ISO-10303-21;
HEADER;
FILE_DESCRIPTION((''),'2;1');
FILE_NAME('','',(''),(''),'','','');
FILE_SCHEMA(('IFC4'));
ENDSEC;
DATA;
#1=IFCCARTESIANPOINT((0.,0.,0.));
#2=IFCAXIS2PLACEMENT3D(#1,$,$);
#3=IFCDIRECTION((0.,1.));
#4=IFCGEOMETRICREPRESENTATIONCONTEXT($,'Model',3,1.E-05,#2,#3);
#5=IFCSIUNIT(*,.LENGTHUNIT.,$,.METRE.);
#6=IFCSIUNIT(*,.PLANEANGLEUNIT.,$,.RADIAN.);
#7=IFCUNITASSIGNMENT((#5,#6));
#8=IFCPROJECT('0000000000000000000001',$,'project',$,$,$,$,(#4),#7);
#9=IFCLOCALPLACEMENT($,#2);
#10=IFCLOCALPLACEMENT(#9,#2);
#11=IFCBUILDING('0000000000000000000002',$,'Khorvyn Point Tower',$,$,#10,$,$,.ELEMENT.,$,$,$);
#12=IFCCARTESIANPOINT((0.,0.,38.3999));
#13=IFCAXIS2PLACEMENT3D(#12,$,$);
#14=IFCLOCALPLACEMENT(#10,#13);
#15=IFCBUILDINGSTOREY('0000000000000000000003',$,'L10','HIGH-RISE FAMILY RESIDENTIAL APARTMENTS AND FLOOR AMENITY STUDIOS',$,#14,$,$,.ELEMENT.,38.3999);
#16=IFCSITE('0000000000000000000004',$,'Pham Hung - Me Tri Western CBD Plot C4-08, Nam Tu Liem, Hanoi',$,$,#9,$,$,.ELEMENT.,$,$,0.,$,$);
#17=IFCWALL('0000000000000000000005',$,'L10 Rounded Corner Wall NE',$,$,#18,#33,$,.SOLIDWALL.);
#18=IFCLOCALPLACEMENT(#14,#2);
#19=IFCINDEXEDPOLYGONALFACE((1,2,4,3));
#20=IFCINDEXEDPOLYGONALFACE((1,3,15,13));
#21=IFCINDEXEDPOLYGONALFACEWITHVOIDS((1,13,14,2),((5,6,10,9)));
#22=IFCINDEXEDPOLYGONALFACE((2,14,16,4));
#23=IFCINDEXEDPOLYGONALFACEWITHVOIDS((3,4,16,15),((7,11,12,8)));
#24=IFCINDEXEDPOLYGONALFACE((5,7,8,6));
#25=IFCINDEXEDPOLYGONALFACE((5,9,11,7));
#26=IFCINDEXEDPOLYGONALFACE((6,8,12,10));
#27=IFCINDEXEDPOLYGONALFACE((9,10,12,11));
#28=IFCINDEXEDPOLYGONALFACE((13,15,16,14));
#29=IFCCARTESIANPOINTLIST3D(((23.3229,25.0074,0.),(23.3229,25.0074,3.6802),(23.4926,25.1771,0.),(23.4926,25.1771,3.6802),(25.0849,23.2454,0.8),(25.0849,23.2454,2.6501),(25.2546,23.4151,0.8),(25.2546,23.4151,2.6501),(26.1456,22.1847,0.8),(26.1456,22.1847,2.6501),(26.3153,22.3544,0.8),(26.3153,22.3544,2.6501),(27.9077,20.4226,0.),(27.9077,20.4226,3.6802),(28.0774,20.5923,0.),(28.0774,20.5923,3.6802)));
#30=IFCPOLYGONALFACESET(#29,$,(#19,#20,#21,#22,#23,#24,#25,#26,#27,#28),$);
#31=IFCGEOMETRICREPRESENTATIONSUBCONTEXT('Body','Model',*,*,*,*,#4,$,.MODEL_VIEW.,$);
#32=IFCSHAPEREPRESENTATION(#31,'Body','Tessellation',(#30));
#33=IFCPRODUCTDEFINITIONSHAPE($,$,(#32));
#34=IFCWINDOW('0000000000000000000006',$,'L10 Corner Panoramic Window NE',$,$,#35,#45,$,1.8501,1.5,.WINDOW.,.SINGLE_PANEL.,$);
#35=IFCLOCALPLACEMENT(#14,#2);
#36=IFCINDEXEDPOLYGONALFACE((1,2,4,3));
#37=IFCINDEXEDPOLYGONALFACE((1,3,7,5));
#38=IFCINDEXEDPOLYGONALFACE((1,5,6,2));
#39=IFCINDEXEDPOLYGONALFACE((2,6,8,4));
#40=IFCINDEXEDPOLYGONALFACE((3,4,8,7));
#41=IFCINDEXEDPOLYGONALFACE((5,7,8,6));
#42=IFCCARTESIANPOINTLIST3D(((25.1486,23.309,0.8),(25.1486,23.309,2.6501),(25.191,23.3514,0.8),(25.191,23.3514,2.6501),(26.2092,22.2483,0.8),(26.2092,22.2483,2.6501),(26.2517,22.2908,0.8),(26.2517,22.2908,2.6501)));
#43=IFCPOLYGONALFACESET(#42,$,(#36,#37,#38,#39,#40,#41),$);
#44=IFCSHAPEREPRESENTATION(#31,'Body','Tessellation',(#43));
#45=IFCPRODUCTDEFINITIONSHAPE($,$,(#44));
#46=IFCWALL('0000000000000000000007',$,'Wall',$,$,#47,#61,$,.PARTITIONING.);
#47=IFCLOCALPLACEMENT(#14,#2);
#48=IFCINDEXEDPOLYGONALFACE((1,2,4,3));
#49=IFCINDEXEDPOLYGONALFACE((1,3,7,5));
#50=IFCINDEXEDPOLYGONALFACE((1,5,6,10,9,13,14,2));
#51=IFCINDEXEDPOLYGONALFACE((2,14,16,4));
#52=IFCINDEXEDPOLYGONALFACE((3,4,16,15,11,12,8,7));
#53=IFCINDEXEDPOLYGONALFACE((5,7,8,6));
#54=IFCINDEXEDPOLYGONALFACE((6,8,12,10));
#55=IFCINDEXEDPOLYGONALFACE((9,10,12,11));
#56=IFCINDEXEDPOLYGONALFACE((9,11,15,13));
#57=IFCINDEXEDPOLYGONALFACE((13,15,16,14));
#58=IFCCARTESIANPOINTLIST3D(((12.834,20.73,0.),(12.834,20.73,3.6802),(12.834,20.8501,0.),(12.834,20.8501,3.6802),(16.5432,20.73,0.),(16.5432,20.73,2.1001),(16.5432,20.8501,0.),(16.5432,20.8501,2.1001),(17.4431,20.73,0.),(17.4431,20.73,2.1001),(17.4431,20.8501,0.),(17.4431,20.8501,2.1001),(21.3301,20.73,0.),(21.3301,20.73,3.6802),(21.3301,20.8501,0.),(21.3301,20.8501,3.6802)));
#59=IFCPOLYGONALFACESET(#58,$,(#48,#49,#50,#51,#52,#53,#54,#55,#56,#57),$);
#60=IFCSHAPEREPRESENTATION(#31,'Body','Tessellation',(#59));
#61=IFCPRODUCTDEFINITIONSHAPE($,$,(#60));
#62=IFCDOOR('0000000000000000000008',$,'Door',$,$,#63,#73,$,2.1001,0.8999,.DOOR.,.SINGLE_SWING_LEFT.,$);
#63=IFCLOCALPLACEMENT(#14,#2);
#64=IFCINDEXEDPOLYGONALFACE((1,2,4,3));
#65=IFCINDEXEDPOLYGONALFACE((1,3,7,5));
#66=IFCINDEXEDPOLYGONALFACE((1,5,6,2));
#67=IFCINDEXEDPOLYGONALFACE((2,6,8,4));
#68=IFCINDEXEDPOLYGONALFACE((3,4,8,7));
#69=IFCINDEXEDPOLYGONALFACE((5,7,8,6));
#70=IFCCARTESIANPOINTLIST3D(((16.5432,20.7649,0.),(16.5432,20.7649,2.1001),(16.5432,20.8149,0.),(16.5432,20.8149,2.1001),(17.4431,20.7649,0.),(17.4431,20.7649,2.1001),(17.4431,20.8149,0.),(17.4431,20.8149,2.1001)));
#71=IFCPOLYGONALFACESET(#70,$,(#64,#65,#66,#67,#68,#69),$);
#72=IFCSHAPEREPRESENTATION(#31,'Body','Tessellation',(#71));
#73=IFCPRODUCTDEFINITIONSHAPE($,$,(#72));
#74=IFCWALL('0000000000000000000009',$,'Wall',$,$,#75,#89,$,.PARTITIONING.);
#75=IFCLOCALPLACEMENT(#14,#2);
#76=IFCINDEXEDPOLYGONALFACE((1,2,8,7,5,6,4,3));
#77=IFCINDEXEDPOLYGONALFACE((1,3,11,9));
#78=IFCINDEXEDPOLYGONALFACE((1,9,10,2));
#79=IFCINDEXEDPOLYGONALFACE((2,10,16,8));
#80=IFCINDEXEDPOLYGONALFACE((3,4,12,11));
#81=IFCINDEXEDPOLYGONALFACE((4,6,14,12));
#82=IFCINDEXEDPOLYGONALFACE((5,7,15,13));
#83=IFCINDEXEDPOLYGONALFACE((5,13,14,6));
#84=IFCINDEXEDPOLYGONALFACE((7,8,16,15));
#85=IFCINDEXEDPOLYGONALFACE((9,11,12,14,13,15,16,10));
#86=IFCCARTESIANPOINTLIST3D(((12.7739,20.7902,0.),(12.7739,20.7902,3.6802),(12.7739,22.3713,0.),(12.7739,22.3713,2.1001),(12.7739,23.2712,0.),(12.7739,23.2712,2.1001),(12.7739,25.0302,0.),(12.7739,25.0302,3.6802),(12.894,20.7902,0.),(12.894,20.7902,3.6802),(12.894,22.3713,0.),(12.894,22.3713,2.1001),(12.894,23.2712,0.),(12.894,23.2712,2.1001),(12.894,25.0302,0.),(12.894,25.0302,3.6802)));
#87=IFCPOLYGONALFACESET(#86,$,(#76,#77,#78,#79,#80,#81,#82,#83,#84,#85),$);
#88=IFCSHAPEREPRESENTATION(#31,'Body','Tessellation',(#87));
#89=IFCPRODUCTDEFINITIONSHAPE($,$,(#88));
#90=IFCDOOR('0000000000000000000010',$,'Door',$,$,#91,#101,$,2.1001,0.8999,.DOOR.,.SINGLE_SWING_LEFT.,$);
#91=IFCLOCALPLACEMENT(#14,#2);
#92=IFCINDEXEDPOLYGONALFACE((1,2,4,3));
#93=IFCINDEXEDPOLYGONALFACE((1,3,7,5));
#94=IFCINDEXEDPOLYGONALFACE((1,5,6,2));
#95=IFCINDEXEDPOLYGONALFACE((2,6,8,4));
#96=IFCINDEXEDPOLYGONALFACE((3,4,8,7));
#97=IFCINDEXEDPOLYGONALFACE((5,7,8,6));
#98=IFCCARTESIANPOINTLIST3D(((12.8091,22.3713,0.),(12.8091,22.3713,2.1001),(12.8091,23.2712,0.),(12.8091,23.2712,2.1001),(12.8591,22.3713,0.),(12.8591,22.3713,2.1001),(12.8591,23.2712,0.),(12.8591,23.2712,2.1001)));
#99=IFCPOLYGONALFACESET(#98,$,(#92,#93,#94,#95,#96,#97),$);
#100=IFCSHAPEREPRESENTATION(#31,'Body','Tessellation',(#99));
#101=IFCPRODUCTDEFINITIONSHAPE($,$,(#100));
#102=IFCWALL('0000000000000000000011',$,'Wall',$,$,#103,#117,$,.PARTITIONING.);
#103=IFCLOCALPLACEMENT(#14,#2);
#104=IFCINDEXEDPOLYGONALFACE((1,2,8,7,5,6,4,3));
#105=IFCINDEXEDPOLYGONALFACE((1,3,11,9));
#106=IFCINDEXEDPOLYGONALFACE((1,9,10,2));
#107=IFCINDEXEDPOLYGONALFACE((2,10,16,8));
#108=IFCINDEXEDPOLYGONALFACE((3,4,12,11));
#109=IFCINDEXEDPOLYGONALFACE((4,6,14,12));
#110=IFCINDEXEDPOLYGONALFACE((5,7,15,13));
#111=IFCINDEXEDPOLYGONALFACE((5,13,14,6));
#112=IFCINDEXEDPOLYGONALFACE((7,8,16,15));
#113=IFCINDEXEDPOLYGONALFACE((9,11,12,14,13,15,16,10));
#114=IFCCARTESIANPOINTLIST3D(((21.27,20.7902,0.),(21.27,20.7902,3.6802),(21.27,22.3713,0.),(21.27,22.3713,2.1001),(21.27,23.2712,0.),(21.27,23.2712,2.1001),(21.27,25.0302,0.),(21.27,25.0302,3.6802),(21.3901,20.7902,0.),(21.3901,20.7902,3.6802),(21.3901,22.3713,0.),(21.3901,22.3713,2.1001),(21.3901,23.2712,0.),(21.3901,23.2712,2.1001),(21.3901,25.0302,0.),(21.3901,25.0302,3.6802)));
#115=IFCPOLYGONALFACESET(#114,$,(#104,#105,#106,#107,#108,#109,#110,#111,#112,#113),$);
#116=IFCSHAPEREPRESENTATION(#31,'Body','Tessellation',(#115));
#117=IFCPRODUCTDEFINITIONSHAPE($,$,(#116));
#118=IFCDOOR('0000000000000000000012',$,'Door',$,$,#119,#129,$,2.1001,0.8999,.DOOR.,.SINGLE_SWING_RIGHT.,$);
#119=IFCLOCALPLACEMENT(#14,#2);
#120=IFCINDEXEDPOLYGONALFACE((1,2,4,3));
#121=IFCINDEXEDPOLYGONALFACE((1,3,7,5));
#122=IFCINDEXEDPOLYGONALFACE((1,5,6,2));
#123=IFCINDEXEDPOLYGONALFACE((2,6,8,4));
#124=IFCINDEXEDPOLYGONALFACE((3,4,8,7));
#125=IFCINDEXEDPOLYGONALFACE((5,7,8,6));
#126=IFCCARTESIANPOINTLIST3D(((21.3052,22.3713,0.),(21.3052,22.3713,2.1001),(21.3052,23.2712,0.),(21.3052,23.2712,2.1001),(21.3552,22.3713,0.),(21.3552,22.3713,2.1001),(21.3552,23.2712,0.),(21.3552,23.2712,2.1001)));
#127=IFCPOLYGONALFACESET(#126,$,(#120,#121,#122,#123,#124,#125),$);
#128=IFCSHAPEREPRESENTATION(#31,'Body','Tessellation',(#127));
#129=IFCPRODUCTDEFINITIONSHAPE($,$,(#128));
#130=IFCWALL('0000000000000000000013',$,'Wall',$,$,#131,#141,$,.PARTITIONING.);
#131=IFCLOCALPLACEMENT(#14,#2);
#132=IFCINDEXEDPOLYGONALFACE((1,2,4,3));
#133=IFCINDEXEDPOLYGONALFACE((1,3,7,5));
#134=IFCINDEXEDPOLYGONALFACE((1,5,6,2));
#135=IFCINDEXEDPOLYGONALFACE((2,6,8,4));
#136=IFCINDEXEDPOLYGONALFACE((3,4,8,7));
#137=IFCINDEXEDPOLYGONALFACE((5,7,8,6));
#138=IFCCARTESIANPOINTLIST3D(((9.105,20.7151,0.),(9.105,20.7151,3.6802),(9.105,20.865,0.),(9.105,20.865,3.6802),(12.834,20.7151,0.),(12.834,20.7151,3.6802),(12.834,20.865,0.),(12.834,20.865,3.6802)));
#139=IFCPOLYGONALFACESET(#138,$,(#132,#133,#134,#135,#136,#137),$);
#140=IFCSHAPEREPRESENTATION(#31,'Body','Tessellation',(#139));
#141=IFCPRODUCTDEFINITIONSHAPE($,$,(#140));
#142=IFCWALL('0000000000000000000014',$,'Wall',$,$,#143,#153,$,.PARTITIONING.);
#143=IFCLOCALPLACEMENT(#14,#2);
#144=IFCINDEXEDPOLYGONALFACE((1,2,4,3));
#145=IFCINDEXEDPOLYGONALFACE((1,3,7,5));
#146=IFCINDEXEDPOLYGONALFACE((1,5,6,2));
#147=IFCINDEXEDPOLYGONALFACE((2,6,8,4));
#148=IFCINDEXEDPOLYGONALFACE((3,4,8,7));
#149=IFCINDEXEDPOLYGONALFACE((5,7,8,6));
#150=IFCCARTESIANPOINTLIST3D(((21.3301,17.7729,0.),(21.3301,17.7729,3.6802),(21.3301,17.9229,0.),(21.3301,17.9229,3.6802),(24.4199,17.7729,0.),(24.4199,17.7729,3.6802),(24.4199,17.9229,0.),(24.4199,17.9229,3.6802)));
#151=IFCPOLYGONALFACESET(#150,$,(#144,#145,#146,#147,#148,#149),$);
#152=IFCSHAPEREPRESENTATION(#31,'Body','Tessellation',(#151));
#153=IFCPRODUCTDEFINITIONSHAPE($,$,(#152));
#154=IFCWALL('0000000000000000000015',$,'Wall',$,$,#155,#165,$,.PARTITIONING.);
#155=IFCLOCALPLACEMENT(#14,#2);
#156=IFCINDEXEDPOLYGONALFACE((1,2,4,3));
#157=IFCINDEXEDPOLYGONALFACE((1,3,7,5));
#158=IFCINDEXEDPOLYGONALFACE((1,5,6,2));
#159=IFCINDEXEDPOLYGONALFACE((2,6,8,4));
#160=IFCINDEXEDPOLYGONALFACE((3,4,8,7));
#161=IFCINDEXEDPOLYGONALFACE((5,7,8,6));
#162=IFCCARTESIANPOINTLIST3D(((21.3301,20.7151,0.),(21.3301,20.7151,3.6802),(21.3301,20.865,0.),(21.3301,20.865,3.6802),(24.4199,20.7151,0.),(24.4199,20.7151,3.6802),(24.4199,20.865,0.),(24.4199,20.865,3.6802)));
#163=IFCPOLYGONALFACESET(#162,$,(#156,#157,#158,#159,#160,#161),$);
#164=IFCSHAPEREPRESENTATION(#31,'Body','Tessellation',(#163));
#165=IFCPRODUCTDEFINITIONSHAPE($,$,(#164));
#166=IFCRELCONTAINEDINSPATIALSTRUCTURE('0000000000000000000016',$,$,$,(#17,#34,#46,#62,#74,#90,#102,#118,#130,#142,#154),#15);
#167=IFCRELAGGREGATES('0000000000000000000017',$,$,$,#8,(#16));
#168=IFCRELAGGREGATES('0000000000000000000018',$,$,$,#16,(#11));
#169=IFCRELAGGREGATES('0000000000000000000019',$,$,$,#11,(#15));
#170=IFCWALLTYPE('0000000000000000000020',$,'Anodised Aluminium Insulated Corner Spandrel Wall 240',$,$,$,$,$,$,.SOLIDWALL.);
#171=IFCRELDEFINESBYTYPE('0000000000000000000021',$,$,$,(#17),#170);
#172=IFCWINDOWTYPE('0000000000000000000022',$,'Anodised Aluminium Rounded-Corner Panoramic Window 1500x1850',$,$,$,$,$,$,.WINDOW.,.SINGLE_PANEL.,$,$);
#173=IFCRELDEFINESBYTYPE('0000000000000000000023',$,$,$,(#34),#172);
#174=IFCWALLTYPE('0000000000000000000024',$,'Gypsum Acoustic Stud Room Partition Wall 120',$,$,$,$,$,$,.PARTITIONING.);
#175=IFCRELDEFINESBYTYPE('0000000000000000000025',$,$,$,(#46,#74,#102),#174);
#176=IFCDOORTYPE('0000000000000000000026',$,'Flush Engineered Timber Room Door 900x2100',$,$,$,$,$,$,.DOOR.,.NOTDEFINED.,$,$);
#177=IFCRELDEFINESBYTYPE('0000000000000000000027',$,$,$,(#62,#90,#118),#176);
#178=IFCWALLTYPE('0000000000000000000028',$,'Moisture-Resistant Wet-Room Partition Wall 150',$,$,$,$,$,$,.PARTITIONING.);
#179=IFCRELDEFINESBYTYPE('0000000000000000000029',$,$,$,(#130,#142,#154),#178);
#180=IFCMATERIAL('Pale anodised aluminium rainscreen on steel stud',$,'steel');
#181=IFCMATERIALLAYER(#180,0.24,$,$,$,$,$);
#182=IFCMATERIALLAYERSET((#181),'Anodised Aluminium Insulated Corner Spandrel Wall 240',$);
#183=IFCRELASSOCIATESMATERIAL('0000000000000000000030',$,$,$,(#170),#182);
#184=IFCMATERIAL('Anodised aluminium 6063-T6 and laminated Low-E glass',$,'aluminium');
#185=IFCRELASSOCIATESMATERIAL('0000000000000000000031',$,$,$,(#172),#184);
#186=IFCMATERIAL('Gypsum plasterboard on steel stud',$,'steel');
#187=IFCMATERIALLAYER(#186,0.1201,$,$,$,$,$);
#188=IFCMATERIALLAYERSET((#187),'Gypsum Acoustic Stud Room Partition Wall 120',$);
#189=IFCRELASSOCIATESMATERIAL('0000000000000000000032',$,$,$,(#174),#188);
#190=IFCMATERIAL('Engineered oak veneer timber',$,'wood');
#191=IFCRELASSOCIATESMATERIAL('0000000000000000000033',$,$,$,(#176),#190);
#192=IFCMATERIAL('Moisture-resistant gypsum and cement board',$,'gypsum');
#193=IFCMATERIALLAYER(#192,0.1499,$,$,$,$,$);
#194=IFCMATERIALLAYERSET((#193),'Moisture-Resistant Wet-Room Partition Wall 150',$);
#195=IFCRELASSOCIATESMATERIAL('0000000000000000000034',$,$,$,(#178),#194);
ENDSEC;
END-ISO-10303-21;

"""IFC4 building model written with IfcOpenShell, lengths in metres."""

from ifc_helpers import new_model, si_unit, direction, frame, frame_2d, origin, place, context, subcontext, project, spatial, rectangle, extrude, material, layer, layer_set, type_object, element, fill, save


model = new_model("IFC4")

# Units and contexts
model_context = context("Model", 3, precision=1e-05, world=origin(), true_north=direction((0.0, 1.0)))
body_context = subcontext(model_context, "Body", "Model", "MODEL_VIEW")
ifc_project = project(units=[si_unit("LENGTHUNIT", "METRE"), si_unit("PLANEANGLEUNIT", "RADIAN")], contexts=[model_context])

# Site, building, storey
site_placement = place(None, origin())
site = spatial("IfcSite", under=ifc_project, at=site_placement, Name="Pham Hung - Me Tri Western CBD Plot C4-08, Nam Tu Liem, Hanoi", CompositionType="ELEMENT", RefElevation=0.0)
building_placement = place(site_placement, origin())
building = spatial("IfcBuilding", under=site, at=building_placement, Name="Khorvyn Point Tower", CompositionType="ELEMENT")
storey_placement = place(building_placement, frame((0.0, 0.0, 38.3999)))
storey = spatial("IfcBuildingStorey", under=building, at=storey_placement, Name="L10", Description="HIGH-RISE FAMILY RESIDENTIAL APARTMENTS AND FLOOR AMENITY STUDIOS", CompositionType="ELEMENT", Elevation=38.3999)

# Shared definitions
ifc_material_1 = material(Name="Anodised aluminium 6063-T6 and laminated Low-E glass", Category="aluminium")

# Wall, opening, window
ifc_material_2 = material(Name="Pale anodised aluminium rainscreen on steel stud", Category="steel")
ifc_layer_1 = layer(ifc_material_2, 0.24)
ifc_layer_set_1 = layer_set([ifc_layer_1], Name="Anodised Aluminium Insulated Corner Spandrel Wall 240")
wall_type_1 = type_object("IfcWallType", Name="Anodised Aluminium Insulated Corner Spandrel Wall 240", PredefinedType="SOLIDWALL", material=ifc_layer_set_1)
wall_1_placement = place(storey_placement, frame((23.4077, 25.0923, 0.0), z_axis=(0.0, 0.0, 1.0), x_axis=(0.707107, -0.707107, 0.0)))
wall_1 = element("IfcWall", 1, at=wall_1_placement, inside=storey, type_object=wall_type_1, Name="L10 Rounded Corner Wall NE", PredefinedType="SOLIDWALL", context=body_context, shape_type="SweptSolid", body=[
    extrude(rectangle(XDim=6.4839, YDim=0.24, at=frame_2d((3.2419, 0.0))), origin(), (0.0, 0.0, 1.0), 3.6802),
])
opening_1_placement = place(wall_1_placement, frame((2.4919, 0.0, 0.8)))
opening_1 = element("IfcOpeningElement", 2, at=opening_1_placement, cuts=wall_1, PredefinedType="OPENING", context=body_context, shape_type="SweptSolid", body=[
    extrude(rectangle(XDim=1.5, YDim=1.8501, at=frame_2d((0.75, 0.925))), frame((0.0, 0.1299, 0.0), z_axis=(0.0, -1.0, 0.0), x_axis=(1.0, 0.0, 0.0)), (0.0, 0.0, 1.0), 0.26),
])
window_type = type_object("IfcWindowType", Name="Anodised Aluminium Rounded-Corner Panoramic Window 1500x1850", PartitioningType="SINGLE_PANEL", PredefinedType="WINDOW", material=ifc_material_1)
window_placement = place(opening_1_placement, origin())
window = element("IfcWindow", 3, at=window_placement, inside=storey, type_object=window_type, Name="L10 Corner Panoramic Window NE", OverallHeight=1.8501, OverallWidth=1.5, PartitioningType="SINGLE_PANEL", PredefinedType="WINDOW", context=body_context, shape_type="SweptSolid", body=[
    extrude(rectangle(XDim=1.5, YDim=1.8501, at=frame_2d((0.75, 0.925))), frame((0.0, 0.03, 0.0), z_axis=(0.0, -1.0, 0.0), x_axis=(1.0, 0.0, 0.0)), (0.0, 0.0, 1.0), 0.0601),
])
fill(opening_1, window)

# Walls, openings, doors
ifc_material_3 = material(Name="Gypsum plasterboard on steel stud", Category="steel")
ifc_layer_2 = layer(ifc_material_3, 0.1201)
ifc_layer_set_2 = layer_set([ifc_layer_2], Name="Gypsum Acoustic Stud Room Partition Wall 120")
wall_type_2 = type_object("IfcWallType", Name="Gypsum Acoustic Stud Room Partition Wall 120", PredefinedType="PARTITIONING", material=ifc_layer_set_2)
wall_2_placement = place(storey_placement, frame((12.834, 20.79, 0.0), z_axis=(0.0, 0.0, 1.0), x_axis=(1.0, 0.0, 0.0)))
wall_2 = element("IfcWall", 4, at=wall_2_placement, inside=storey, type_object=wall_type_2, Name="Wall", PredefinedType="PARTITIONING", context=body_context, shape_type="SweptSolid", body=[
    extrude(rectangle(XDim=8.4961, YDim=0.1201, at=frame_2d((4.248, 0.0))), origin(), (0.0, 0.0, 1.0), 3.6802),
])
opening_2_placement = place(wall_2_placement, frame((3.7092, 0.0, 0.0)))
opening_2 = element("IfcOpeningElement", 5, at=opening_2_placement, cuts=wall_2, PredefinedType="OPENING", context=body_context, shape_type="SweptSolid", body=[
    extrude(rectangle(XDim=0.8999, YDim=2.1001, at=frame_2d((0.45, 1.05))), frame((0.0, 0.0701, 0.0), z_axis=(0.0, -1.0, 0.0), x_axis=(1.0, 0.0, 0.0)), (0.0, 0.0, 1.0), 0.1401),
])
ifc_material_4 = material(Name="Engineered oak veneer timber", Category="wood")
door_type = type_object("IfcDoorType", Name="Flush Engineered Timber Room Door 900x2100", OperationType="NOTDEFINED", PredefinedType="DOOR", material=ifc_material_4)
door_1_placement = place(opening_2_placement, origin())
door_1 = element("IfcDoor", 6, at=door_1_placement, inside=storey, type_object=door_type, Name="Door", OperationType="SINGLE_SWING_LEFT", OverallHeight=2.1001, OverallWidth=0.8999, PredefinedType="DOOR", context=body_context, shape_type="SweptSolid", body=[
    extrude(rectangle(XDim=0.8999, YDim=2.1001, at=frame_2d((0.45, 1.05))), frame((0.0, 0.0249, 0.0), z_axis=(0.0, -1.0, 0.0), x_axis=(1.0, 0.0, 0.0)), (0.0, 0.0, 1.0), 0.05),
])
fill(opening_2, door_1)
wall_3_placement = place(storey_placement, frame((12.834, 20.79, 0.0), z_axis=(0.0, 0.0, 1.0), x_axis=(0.0, 1.0, 0.0)))
wall_3 = element("IfcWall", 7, at=wall_3_placement, inside=storey, type_object=wall_type_2, Name="Wall", PredefinedType="PARTITIONING", context=body_context, shape_type="SweptSolid", body=[
    extrude(rectangle(XDim=4.24, YDim=0.1201, at=frame_2d((2.1201, 0.0))), origin(), (0.0, 0.0, 1.0), 3.6802),
])
opening_3_placement = place(wall_3_placement, frame((1.5813, 0.0, 0.0)))
opening_3 = element("IfcOpeningElement", 8, at=opening_3_placement, cuts=wall_3, PredefinedType="OPENING", context=body_context, shape_type="SweptSolid", body=[
    extrude(rectangle(XDim=0.8999, YDim=2.1001, at=frame_2d((0.45, 1.05))), frame((0.0, 0.0701, 0.0), z_axis=(0.0, -1.0, 0.0), x_axis=(1.0, 0.0, 0.0)), (0.0, 0.0, 1.0), 0.1401),
])
door_2_placement = place(opening_3_placement, origin())
door_2 = element("IfcDoor", 9, at=door_2_placement, inside=storey, type_object=door_type, Name="Door", OperationType="SINGLE_SWING_LEFT", OverallHeight=2.1001, OverallWidth=0.8999, PredefinedType="DOOR", context=body_context, shape_type="SweptSolid", body=[
    extrude(rectangle(XDim=0.8999, YDim=2.1001, at=frame_2d((0.45, 1.05))), frame((0.0, 0.0249, 0.0), z_axis=(0.0, -1.0, 0.0), x_axis=(1.0, 0.0, 0.0)), (0.0, 0.0, 1.0), 0.05),
])
fill(opening_3, door_2)
wall_4_placement = place(storey_placement, frame((21.3301, 20.79, 0.0), z_axis=(0.0, 0.0, 1.0), x_axis=(0.0, 1.0, 0.0)))
wall_4 = element("IfcWall", 10, at=wall_4_placement, inside=storey, type_object=wall_type_2, Name="Wall", PredefinedType="PARTITIONING", context=body_context, shape_type="SweptSolid", body=[
    extrude(rectangle(XDim=4.24, YDim=0.1201, at=frame_2d((2.1201, 0.0))), origin(), (0.0, 0.0, 1.0), 3.6802),
])
opening_4_placement = place(wall_4_placement, frame((1.5813, 0.0, 0.0)))
opening_4 = element("IfcOpeningElement", 11, at=opening_4_placement, cuts=wall_4, PredefinedType="OPENING", context=body_context, shape_type="SweptSolid", body=[
    extrude(rectangle(XDim=0.8999, YDim=2.1001, at=frame_2d((0.45, 1.05))), frame((0.0, 0.0701, 0.0), z_axis=(0.0, -1.0, 0.0), x_axis=(1.0, 0.0, 0.0)), (0.0, 0.0, 1.0), 0.1401),
])
door_3_placement = place(opening_4_placement, origin())
door_3 = element("IfcDoor", 12, at=door_3_placement, inside=storey, type_object=door_type, Name="Door", OperationType="SINGLE_SWING_RIGHT", OverallHeight=2.1001, OverallWidth=0.8999, PredefinedType="DOOR", context=body_context, shape_type="SweptSolid", body=[
    extrude(rectangle(XDim=0.8999, YDim=2.1001, at=frame_2d((0.45, 1.05))), frame((0.0, 0.0249, 0.0), z_axis=(0.0, -1.0, 0.0), x_axis=(1.0, 0.0, 0.0)), (0.0, 0.0, 1.0), 0.05),
])
fill(opening_4, door_3)

# Walls
ifc_material_5 = material(Name="Moisture-resistant gypsum and cement board", Category="gypsum")
ifc_layer_3 = layer(ifc_material_5, 0.1499)
ifc_layer_set_3 = layer_set([ifc_layer_3], Name="Moisture-Resistant Wet-Room Partition Wall 150")
wall_type_3 = type_object("IfcWallType", Name="Moisture-Resistant Wet-Room Partition Wall 150", PredefinedType="PARTITIONING", material=ifc_layer_set_3)
wall_5_placement = place(storey_placement, frame((9.105, 20.79, 0.0), z_axis=(0.0, 0.0, 1.0), x_axis=(1.0, 0.0, 0.0)))
element("IfcWall", 13, at=wall_5_placement, inside=storey, type_object=wall_type_3, Name="Wall", PredefinedType="PARTITIONING", context=body_context, shape_type="SweptSolid", body=[
    extrude(rectangle(XDim=3.729, YDim=0.1499, at=frame_2d((1.8645, 0.0))), origin(), (0.0, 0.0, 1.0), 3.6802),
])
for number, where, z_axis, x_axis, name in (
    (14, (21.3301, 17.8479, 0.0), (0.0, 0.0, 1.0), (1.0, 0.0, 0.0), "Wall"),
    (15, (21.3301, 20.79, 0.0), (0.0, 0.0, 1.0), (1.0, 0.0, 0.0), "Wall"),
):
    element("IfcWall", number, at=place(storey_placement, frame(where, z_axis=z_axis, x_axis=x_axis)), inside=storey, type_object=wall_type_3, Name=name, PredefinedType="PARTITIONING", context=body_context, shape_type="SweptSolid", body=[
        extrude(rectangle(XDim=3.0898, YDim=0.1499, at=frame_2d((1.5449, 0.0))), origin(), (0.0, 0.0, 1.0), 3.6802),
    ])

save(model, "model.ifc")
